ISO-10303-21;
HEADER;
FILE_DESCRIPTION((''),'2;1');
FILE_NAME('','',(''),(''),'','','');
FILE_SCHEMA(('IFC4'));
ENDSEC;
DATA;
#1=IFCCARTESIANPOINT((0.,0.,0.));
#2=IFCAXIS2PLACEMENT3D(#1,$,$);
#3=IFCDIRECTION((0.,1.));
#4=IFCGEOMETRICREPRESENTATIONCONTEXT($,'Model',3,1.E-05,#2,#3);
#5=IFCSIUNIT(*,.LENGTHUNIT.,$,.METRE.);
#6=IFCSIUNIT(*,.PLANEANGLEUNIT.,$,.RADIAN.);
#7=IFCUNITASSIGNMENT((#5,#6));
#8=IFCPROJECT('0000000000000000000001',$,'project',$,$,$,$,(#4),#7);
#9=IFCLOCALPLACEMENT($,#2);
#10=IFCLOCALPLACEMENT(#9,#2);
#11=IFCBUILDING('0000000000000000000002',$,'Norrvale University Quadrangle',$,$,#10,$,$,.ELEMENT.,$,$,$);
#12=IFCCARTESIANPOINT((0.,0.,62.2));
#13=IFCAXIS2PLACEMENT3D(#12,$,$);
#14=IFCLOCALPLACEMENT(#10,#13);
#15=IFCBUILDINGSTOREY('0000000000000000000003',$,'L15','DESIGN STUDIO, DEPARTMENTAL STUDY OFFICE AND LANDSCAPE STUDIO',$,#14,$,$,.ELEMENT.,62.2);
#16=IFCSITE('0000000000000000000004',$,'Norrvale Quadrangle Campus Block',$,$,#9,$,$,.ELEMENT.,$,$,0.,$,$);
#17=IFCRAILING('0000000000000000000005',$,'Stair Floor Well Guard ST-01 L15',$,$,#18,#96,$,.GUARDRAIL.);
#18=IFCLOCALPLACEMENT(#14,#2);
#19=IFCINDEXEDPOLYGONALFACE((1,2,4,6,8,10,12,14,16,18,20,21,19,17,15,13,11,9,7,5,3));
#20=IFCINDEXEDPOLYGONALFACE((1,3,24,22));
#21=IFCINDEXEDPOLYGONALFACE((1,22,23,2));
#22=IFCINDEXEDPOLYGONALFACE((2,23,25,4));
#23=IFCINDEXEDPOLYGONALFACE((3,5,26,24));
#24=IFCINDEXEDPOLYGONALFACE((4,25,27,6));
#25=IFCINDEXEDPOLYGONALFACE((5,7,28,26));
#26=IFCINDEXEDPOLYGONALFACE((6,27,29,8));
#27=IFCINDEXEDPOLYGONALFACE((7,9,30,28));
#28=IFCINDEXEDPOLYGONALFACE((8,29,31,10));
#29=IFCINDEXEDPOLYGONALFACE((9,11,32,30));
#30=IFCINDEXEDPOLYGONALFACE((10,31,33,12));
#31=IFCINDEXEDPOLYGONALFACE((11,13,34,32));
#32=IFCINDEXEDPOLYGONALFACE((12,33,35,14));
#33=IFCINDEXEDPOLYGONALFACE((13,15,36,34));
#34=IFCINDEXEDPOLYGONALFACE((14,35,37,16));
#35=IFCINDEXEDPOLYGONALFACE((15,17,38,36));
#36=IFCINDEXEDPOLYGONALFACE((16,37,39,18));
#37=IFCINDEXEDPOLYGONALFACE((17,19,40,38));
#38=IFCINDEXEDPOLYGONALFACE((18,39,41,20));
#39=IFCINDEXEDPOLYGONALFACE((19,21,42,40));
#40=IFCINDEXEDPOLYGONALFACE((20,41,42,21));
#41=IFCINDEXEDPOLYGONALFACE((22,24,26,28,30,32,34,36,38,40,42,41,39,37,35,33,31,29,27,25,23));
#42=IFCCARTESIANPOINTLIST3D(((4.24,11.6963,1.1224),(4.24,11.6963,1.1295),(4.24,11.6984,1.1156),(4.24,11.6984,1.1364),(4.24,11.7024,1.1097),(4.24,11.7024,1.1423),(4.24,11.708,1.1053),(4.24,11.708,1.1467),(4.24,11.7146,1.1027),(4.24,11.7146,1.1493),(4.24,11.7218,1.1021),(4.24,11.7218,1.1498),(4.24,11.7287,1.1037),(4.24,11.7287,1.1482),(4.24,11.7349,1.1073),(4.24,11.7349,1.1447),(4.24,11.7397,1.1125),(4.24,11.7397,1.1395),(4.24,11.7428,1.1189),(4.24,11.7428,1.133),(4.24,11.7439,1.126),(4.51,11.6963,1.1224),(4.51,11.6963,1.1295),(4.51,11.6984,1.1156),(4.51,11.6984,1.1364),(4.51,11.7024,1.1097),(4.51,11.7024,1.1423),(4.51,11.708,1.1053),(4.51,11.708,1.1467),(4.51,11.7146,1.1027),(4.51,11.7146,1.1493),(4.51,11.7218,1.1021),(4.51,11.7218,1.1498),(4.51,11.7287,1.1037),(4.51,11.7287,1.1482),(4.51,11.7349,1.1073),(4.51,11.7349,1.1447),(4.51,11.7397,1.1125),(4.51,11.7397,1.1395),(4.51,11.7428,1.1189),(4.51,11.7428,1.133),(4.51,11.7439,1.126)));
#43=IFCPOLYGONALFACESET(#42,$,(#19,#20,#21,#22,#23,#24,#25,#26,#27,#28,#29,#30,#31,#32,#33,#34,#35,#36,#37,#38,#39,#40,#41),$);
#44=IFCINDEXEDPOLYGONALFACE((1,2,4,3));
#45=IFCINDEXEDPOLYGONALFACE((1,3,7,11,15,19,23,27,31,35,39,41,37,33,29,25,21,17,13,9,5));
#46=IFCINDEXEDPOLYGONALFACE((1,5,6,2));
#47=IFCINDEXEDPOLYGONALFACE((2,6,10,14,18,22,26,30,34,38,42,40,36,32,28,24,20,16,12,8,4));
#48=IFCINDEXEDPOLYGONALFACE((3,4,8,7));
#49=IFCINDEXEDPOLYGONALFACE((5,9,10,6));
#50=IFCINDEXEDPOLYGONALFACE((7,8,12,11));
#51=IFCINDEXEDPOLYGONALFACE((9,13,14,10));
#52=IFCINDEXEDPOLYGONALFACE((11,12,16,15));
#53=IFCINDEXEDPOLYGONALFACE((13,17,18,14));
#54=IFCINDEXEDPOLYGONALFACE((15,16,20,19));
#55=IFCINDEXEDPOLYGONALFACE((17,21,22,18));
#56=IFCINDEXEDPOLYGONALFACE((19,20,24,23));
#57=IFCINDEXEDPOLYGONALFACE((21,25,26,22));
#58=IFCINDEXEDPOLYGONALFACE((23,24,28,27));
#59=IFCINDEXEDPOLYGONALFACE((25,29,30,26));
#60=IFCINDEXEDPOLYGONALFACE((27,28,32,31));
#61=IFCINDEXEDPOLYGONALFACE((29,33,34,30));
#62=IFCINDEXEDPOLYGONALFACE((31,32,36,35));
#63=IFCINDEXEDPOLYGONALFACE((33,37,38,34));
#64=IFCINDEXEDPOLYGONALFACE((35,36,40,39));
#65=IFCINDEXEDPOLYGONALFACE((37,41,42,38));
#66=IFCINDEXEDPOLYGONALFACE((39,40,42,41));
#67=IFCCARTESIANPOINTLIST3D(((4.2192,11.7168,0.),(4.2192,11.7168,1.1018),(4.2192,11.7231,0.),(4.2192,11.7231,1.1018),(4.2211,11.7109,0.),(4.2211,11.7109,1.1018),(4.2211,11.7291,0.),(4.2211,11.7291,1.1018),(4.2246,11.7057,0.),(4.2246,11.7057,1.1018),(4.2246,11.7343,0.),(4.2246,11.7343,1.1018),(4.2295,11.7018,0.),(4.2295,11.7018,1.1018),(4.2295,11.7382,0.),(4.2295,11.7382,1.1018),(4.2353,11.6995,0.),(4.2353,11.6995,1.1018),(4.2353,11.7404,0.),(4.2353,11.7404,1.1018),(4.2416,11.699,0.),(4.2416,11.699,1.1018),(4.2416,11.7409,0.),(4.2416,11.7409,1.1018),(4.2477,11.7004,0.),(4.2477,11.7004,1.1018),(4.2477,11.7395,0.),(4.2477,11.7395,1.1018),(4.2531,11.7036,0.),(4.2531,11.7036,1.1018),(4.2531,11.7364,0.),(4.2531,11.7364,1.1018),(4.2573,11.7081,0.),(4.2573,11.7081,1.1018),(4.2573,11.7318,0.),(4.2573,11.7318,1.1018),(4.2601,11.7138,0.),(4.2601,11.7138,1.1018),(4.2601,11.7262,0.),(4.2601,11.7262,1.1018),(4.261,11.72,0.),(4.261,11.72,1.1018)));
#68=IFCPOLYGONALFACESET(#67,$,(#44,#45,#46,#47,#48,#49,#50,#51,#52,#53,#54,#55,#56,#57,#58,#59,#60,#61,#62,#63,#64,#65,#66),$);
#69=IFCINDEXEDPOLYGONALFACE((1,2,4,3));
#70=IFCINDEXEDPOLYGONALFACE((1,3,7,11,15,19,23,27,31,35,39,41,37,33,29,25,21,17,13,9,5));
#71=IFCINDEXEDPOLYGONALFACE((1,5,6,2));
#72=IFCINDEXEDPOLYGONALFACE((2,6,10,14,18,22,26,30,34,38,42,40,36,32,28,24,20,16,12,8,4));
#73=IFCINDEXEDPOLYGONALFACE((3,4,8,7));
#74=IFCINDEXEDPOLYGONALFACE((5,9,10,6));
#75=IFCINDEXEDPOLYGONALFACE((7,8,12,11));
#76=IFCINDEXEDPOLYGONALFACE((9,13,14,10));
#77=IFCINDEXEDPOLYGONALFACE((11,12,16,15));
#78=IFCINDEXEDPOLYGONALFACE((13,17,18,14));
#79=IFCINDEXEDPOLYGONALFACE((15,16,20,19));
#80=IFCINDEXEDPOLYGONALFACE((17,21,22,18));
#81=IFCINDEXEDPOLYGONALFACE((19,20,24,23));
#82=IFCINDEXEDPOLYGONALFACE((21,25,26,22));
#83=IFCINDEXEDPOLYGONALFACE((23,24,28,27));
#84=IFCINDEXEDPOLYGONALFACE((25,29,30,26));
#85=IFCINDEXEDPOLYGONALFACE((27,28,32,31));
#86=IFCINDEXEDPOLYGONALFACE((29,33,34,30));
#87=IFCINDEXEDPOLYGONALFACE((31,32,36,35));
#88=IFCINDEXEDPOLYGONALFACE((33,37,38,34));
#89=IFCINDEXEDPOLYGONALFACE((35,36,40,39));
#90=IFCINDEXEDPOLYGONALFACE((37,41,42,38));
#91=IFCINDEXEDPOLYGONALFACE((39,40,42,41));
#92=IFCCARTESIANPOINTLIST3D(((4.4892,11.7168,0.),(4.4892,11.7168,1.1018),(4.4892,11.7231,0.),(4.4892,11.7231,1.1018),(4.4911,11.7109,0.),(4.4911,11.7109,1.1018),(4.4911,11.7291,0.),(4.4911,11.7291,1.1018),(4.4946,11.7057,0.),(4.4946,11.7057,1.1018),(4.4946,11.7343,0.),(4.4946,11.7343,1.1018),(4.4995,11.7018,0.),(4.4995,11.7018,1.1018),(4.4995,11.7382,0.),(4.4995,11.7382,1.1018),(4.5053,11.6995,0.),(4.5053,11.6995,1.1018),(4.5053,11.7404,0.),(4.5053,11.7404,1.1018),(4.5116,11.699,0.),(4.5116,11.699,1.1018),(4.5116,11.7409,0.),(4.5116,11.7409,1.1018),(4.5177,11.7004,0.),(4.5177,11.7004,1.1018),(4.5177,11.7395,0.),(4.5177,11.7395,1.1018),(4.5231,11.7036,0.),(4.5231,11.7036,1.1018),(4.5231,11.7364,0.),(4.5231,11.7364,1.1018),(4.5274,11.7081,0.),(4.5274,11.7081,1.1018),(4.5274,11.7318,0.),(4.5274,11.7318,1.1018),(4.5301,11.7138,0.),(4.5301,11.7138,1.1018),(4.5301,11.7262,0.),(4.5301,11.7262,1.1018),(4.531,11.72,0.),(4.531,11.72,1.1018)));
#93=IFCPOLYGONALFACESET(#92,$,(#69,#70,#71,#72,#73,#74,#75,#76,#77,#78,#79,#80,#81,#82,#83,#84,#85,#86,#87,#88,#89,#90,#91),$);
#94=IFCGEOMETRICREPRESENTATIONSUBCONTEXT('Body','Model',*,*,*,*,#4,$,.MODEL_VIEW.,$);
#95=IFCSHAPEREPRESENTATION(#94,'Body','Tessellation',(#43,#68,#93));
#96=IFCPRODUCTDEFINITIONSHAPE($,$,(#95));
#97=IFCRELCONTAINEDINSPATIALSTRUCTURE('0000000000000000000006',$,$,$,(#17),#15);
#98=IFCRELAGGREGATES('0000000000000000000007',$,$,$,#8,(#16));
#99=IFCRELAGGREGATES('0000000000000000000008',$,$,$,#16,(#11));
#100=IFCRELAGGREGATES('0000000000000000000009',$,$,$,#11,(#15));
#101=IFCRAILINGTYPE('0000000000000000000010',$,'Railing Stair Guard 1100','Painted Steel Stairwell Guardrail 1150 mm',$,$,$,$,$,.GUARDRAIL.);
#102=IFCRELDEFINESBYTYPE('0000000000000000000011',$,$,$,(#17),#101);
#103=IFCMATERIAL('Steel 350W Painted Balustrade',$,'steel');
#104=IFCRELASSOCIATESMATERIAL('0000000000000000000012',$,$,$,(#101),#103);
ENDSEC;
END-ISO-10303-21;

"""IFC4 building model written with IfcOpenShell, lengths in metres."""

from ifc_helpers import new_model, si_unit, direction, frame, origin, origin_2d, place, context, subcontext, project, spatial, circle, extrude, material, type_object, element, save


model = new_model("IFC4")

# Units and contexts
model_context = context("Model", 3, precision=1e-05, world=origin(), true_north=direction((0.0, 1.0)))
body_context = subcontext(model_context, "Body", "Model", "MODEL_VIEW")
ifc_project = project(units=[si_unit("LENGTHUNIT", "METRE"), si_unit("PLANEANGLEUNIT", "RADIAN")], contexts=[model_context])

# Site, building, storey
site_placement = place(None, origin())
site = spatial("IfcSite", under=ifc_project, at=site_placement, Name="Norrvale Quadrangle Campus Block", CompositionType="ELEMENT", RefElevation=0.0)
building_placement = place(site_placement, origin())
building = spatial("IfcBuilding", under=site, at=building_placement, Name="Norrvale University Quadrangle", CompositionType="ELEMENT")
storey_placement = place(building_placement, frame((0.0, 0.0, 62.2)))
storey = spatial("IfcBuildingStorey", under=building, at=storey_placement, Name="L15", Description="DESIGN STUDIO, DEPARTMENTAL STUDY OFFICE AND LANDSCAPE STUDIO", CompositionType="ELEMENT", Elevation=62.2)

# Railing
ifc_material_1 = material(Name="Steel 350W Painted Balustrade", Category="steel")
railing_type_1 = type_object("IfcRailingType", Name="Railing Stair Guard 1100", Description="Painted Steel Stairwell Guardrail 1150 mm", PredefinedType="GUARDRAIL", material=ifc_material_1)
railing_1_placement = place(storey_placement, frame((4.24, 11.72, 0.0)))
element("IfcRailing", 1, at=railing_1_placement, inside=storey, type_object=railing_type_1, Name="Stair Floor Well Guard ST-01 L15", PredefinedType="GUARDRAIL", context=body_context, shape_type="SweptSolid", body=[
    extrude(circle(Radius=0.0239, at=origin_2d()), frame((0.0, 0.0, 1.126), z_axis=(1.0, 0.0, 0.0), x_axis=(0.0, 1.0, 0.0)), (0.0, 0.0, 1.0), 0.27),
    extrude(circle(Radius=0.021, at=origin_2d()), origin(), (0.0, 0.0, 1.0), 1.1018),
    extrude(circle(Radius=0.021, at=origin_2d()), frame((0.27, 0.0, 0.0)), (0.0, 0.0, 1.0), 1.1018),
])

save(model, "model.ifc")
